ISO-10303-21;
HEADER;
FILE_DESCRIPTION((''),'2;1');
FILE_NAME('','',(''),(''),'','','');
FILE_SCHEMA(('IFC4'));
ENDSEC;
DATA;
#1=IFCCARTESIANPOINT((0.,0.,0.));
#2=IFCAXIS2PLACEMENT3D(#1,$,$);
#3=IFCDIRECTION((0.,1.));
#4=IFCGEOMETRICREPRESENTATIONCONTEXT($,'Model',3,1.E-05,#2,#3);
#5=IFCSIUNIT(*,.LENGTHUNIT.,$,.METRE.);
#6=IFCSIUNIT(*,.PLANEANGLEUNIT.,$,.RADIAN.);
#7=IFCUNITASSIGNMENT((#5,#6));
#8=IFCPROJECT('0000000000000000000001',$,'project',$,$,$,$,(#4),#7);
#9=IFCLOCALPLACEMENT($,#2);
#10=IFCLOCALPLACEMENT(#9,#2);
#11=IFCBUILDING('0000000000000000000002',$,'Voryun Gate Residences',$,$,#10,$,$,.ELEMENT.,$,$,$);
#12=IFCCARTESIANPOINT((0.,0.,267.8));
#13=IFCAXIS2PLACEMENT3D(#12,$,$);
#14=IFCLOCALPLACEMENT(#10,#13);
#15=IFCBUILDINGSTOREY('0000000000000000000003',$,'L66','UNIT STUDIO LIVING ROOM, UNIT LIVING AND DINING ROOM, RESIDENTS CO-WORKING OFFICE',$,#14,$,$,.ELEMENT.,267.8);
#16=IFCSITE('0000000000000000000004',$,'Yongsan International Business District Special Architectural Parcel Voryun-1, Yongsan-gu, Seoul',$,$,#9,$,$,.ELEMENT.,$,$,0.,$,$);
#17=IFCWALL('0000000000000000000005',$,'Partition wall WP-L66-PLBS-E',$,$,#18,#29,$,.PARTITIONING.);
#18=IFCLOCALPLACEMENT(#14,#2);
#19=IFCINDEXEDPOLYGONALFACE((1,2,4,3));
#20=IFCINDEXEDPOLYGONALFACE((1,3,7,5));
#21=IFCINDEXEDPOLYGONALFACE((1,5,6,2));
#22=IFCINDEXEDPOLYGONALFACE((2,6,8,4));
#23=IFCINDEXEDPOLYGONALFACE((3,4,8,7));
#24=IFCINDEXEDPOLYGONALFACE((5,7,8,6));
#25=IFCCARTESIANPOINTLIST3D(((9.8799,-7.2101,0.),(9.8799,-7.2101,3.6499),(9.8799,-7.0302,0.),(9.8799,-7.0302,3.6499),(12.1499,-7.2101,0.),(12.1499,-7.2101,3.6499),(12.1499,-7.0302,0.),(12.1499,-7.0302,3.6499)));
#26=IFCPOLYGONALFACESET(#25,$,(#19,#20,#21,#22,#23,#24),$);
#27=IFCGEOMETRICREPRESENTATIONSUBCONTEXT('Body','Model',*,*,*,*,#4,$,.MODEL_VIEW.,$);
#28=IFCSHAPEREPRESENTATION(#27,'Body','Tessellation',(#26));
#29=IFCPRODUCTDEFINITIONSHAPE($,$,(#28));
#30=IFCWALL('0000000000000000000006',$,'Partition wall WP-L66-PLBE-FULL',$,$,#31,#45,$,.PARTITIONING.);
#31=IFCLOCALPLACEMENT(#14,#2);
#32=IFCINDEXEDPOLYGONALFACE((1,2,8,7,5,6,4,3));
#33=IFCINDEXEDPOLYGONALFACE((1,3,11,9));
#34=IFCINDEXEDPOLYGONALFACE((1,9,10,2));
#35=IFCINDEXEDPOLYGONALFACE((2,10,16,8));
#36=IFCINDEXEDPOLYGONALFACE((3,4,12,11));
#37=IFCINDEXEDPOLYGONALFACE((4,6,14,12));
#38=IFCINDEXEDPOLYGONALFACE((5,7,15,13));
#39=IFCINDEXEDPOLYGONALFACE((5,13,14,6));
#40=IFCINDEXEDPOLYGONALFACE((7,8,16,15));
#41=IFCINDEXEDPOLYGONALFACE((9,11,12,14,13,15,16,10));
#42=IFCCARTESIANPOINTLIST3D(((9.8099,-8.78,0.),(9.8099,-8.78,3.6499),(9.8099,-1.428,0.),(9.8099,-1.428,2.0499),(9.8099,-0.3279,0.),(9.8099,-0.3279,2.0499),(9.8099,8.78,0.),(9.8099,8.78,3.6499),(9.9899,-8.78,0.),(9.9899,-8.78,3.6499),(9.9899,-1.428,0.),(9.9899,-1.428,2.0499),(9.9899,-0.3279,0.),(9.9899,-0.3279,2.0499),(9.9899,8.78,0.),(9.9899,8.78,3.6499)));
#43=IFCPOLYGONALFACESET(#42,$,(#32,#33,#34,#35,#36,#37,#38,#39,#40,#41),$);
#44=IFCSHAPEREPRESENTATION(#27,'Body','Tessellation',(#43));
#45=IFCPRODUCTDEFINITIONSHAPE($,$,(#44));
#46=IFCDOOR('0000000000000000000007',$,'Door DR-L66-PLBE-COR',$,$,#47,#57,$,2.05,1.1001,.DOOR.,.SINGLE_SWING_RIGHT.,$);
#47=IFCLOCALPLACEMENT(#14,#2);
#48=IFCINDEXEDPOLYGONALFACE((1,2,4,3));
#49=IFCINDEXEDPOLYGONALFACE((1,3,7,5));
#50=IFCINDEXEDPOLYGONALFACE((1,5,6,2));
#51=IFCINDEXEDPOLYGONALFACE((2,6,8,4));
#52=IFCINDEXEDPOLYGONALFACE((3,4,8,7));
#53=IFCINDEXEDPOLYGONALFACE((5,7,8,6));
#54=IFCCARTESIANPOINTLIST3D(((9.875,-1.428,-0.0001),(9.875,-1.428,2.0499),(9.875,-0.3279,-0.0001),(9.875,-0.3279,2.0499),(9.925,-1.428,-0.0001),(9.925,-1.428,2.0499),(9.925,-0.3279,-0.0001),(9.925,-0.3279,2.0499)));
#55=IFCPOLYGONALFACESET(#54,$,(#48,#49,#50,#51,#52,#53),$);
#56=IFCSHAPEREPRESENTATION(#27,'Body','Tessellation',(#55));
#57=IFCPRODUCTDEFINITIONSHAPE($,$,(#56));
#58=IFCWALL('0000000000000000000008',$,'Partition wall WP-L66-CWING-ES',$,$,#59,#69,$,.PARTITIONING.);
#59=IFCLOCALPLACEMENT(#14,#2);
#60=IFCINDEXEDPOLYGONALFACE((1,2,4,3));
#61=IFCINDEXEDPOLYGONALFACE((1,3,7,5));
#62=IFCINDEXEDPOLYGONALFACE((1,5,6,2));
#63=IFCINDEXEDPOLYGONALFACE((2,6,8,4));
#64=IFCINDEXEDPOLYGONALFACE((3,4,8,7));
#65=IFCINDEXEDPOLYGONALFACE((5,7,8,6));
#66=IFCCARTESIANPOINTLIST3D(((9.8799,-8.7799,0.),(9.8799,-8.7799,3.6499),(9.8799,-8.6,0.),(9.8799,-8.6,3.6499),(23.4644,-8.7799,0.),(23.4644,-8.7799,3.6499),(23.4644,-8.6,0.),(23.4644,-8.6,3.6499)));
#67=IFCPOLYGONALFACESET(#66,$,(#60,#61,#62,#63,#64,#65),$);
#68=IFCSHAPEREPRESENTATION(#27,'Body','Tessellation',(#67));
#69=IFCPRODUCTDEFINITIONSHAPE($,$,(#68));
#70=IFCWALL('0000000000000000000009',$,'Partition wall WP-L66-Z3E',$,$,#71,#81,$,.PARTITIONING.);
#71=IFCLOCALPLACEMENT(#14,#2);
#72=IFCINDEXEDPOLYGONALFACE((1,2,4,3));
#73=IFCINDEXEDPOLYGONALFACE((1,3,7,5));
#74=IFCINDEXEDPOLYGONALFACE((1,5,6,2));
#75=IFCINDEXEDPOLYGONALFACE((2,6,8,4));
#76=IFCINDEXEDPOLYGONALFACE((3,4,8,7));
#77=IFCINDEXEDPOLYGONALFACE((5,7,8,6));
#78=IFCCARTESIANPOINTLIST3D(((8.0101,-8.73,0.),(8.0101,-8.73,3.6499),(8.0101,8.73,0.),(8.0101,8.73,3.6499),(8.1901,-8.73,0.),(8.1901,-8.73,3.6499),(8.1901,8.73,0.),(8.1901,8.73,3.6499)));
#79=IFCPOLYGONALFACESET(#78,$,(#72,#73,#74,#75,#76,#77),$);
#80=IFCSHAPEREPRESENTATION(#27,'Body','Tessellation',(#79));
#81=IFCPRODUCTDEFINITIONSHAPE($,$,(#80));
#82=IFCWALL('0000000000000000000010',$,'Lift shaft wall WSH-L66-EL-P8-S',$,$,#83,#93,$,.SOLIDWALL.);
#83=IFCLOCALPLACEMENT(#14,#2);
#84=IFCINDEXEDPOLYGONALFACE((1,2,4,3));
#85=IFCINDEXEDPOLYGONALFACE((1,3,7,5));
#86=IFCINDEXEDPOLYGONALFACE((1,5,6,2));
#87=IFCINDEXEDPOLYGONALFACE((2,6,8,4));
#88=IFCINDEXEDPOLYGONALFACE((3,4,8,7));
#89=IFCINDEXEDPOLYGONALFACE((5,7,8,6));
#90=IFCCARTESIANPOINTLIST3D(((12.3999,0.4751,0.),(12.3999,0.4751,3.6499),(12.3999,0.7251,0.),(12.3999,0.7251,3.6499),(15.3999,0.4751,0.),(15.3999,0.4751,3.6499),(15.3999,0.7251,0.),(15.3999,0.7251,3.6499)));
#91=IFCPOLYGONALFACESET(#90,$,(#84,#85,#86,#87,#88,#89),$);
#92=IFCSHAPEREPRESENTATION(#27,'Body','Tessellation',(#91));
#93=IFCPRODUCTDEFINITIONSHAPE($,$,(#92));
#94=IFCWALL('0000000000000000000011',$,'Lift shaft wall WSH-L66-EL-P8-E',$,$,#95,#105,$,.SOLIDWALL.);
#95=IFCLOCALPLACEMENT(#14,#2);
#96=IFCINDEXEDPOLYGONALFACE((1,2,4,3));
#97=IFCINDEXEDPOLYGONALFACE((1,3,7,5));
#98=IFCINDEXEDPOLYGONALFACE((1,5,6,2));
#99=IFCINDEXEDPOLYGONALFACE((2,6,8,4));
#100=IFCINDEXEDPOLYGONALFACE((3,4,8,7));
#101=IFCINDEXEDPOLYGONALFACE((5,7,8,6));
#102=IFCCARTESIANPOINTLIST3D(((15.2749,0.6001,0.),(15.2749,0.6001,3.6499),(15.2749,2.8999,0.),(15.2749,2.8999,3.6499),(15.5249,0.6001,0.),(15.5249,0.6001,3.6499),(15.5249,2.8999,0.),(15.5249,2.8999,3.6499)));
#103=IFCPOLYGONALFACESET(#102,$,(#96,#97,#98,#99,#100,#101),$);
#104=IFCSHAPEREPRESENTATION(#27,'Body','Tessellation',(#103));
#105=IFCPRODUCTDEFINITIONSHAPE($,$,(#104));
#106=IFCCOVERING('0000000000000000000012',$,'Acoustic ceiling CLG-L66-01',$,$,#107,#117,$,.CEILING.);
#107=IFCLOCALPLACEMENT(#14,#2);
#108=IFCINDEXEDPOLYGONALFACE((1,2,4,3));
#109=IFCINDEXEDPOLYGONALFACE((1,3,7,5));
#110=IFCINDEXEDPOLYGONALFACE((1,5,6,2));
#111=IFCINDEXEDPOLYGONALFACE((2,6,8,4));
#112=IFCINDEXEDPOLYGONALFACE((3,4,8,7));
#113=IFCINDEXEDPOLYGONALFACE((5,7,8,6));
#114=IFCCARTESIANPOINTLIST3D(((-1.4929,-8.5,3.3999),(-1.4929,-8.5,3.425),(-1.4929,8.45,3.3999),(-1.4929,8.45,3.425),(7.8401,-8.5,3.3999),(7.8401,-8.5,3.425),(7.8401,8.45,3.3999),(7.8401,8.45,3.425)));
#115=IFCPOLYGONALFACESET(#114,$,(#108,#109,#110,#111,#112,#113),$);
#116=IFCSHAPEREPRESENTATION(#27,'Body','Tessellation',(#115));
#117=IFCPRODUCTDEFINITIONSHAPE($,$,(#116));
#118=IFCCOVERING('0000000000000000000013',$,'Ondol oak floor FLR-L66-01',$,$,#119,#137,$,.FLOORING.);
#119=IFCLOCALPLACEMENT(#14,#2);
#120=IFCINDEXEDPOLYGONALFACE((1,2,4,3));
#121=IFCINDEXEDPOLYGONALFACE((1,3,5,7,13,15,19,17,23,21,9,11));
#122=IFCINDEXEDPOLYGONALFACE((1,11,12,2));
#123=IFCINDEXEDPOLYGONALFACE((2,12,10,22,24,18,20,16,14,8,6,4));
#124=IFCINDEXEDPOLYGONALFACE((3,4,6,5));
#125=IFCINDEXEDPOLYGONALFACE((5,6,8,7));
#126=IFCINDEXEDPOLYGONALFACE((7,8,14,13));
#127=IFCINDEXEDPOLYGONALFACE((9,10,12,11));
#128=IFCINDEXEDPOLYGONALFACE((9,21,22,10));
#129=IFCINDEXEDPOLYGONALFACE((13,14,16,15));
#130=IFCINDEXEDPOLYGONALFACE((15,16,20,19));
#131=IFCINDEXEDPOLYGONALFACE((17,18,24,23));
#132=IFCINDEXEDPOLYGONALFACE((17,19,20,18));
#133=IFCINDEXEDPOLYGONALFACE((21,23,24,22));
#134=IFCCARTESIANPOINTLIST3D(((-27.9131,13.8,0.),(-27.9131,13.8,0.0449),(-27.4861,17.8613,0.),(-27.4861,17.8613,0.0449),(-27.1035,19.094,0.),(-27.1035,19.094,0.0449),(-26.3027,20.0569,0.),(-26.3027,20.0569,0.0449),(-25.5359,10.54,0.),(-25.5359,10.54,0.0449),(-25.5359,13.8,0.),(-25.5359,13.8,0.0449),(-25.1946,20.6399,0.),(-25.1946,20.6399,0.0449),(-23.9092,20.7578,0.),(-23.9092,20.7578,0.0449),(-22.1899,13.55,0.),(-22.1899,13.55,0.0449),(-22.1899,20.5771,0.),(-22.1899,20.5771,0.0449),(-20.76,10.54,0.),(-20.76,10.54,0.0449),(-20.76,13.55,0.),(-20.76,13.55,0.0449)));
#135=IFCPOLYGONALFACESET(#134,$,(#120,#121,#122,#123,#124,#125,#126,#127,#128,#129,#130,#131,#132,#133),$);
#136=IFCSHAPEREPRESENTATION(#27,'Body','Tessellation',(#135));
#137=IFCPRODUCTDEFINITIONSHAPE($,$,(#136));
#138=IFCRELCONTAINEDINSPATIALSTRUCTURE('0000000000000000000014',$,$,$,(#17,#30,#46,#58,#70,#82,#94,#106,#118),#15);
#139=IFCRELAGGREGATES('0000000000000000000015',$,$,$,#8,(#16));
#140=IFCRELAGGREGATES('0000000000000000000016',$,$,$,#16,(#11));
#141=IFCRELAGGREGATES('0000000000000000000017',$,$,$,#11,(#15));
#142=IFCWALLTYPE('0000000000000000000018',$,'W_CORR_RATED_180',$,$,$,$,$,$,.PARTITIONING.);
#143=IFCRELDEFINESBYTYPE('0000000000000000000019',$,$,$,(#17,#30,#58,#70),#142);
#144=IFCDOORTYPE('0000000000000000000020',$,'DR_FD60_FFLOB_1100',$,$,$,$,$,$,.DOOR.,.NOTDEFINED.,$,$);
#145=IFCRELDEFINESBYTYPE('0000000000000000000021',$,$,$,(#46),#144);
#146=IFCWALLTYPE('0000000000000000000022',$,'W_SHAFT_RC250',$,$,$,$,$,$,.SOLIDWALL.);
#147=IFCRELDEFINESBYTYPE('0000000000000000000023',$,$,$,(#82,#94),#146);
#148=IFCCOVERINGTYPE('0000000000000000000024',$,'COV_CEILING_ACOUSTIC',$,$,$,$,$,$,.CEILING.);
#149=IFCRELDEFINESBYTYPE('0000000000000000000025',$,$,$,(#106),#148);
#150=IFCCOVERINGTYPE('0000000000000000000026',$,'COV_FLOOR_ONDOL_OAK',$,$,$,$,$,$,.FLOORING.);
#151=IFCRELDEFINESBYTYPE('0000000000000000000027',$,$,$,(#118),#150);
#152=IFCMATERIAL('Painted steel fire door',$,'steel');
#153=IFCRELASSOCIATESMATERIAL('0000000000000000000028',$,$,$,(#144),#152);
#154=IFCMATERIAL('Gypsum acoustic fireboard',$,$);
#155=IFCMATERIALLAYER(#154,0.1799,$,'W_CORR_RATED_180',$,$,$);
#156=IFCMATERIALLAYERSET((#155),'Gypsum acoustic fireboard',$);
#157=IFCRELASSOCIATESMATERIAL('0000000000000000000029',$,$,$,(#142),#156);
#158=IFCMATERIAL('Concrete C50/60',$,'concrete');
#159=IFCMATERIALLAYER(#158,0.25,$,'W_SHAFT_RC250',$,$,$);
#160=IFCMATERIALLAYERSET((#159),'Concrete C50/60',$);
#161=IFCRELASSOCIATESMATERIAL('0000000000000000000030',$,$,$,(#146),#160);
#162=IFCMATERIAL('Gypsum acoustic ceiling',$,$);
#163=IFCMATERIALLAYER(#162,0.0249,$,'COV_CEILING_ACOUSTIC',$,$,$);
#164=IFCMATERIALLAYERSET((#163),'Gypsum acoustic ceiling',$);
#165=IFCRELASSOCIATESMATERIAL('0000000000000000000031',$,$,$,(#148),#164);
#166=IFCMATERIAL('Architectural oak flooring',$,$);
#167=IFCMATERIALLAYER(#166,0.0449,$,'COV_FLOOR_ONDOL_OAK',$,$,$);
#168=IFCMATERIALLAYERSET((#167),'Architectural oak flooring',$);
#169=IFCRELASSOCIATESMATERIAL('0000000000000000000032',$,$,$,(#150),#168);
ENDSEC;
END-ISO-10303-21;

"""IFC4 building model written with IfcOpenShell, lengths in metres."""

from ifc_helpers import new_model, si_unit, direction, frame, frame_2d, origin, place, context, subcontext, project, spatial, polyline, rectangle, outline, extrude, material, layer, layer_set, type_object, element, fill, save


model = new_model("IFC4")

# Units and contexts
model_context = context("Model", 3, precision=1e-05, world=origin(), true_north=direction((0.0, 1.0)))
body_context = subcontext(model_context, "Body", "Model", "MODEL_VIEW")
ifc_project = project(units=[si_unit("LENGTHUNIT", "METRE"), si_unit("PLANEANGLEUNIT", "RADIAN")], contexts=[model_context])

# Site, building, storey
site_placement = place(None, origin())
site = spatial("IfcSite", under=ifc_project, at=site_placement, Name="Yongsan International Business District Special Architectural Parcel Voryun-1, Yongsan-gu, Seoul", CompositionType="ELEMENT", RefElevation=0.0)
building_placement = place(site_placement, origin())
building = spatial("IfcBuilding", under=site, at=building_placement, Name="Voryun Gate Residences", CompositionType="ELEMENT")
storey_placement = place(building_placement, frame((0.0, 0.0, 267.8)))
storey = spatial("IfcBuildingStorey", under=building, at=storey_placement, Name="L66", Description="UNIT STUDIO LIVING ROOM, UNIT LIVING AND DINING ROOM, RESIDENTS CO-WORKING OFFICE", CompositionType="ELEMENT", Elevation=267.8)

# Shared definitions
ifc_material_1 = material(Name="Painted steel fire door", Category="steel")
door_type_1 = type_object("IfcDoorType", Name="DR_FD60_FFLOB_1100", OperationType="NOTDEFINED", PredefinedType="DOOR", material=ifc_material_1)

# Wall
ifc_material_2 = material(Name="Gypsum acoustic fireboard")
ifc_layer_1 = layer(ifc_material_2, 0.1799, Name="W_CORR_RATED_180")
ifc_layer_set_1 = layer_set([ifc_layer_1], Name="Gypsum acoustic fireboard")
wall_type_1 = type_object("IfcWallType", Name="W_CORR_RATED_180", PredefinedType="PARTITIONING", material=ifc_layer_set_1)
wall_1_placement = place(storey_placement, frame((9.8799, -7.1201, 0.0), z_axis=(0.0, 0.0, 1.0), x_axis=(1.0, 0.0, 0.0)))
element("IfcWall", 1, at=wall_1_placement, inside=storey, type_object=wall_type_1, Name="Partition wall WP-L66-PLBS-E", PredefinedType="PARTITIONING", context=body_context, shape_type="SweptSolid", body=[
    extrude(rectangle(XDim=2.27, YDim=0.1799, at=frame_2d((1.135, 0.0))), origin(), (0.0, 0.0, 1.0), 3.6499),
])

# Wall, opening, door
wall_2_placement = place(storey_placement, frame((9.8999, -8.78, 0.0), z_axis=(0.0, 0.0, 1.0), x_axis=(0.0, 1.0, 0.0)))
wall_2 = element("IfcWall", 2, at=wall_2_placement, inside=storey, type_object=wall_type_1, Name="Partition wall WP-L66-PLBE-FULL", PredefinedType="PARTITIONING", context=body_context, shape_type="SweptSolid", body=[
    extrude(rectangle(XDim=17.5601, YDim=0.1799, at=frame_2d((8.78, 0.0))), origin(), (0.0, 0.0, 1.0), 3.6499),
])
opening_1_placement = place(wall_2_placement, frame((7.3521, 0.0, 0.0)))
opening_1 = element("IfcOpeningElement", 3, at=opening_1_placement, cuts=wall_2, PredefinedType="OPENING", context=body_context, shape_type="SweptSolid", body=[
    extrude(rectangle(XDim=1.1001, YDim=2.05, at=frame_2d((0.55, 1.0249))), frame((0.0, 0.0999, 0.0), z_axis=(0.0, -1.0, 0.0), x_axis=(1.0, 0.0, 0.0)), (0.0, 0.0, 1.0), 0.2),
])
door_1_placement = place(opening_1_placement, origin())
door_1 = element("IfcDoor", 4, at=door_1_placement, inside=storey, type_object=door_type_1, Name="Door DR-L66-PLBE-COR", OperationType="SINGLE_SWING_RIGHT", OverallHeight=2.05, OverallWidth=1.1001, PredefinedType="DOOR", context=body_context, shape_type="SweptSolid", body=[
    extrude(rectangle(XDim=1.1001, YDim=2.05, at=frame_2d((0.55, 1.0249))), frame((0.0, 0.0249, 0.0), z_axis=(0.0, -1.0, 0.0), x_axis=(1.0, 0.0, 0.0)), (0.0, 0.0, 1.0), 0.05),
])
fill(opening_1, door_1)

# Walls
wall_3_placement = place(storey_placement, frame((9.8799, -8.6899, 0.0), z_axis=(0.0, 0.0, 1.0), x_axis=(1.0, 0.0, 0.0)))
element("IfcWall", 5, at=wall_3_placement, inside=storey, type_object=wall_type_1, Name="Partition wall WP-L66-CWING-ES", PredefinedType="PARTITIONING", context=body_context, shape_type="SweptSolid", body=[
    extrude(rectangle(XDim=13.5845, YDim=0.1799, at=frame_2d((6.7922, 0.0))), origin(), (0.0, 0.0, 1.0), 3.6499),
])
wall_4_placement = place(storey_placement, frame((8.1001, -8.73, 0.0), z_axis=(0.0, 0.0, 1.0), x_axis=(0.0, 1.0, 0.0)))
element("IfcWall", 6, at=wall_4_placement, inside=storey, type_object=wall_type_1, Name="Partition wall WP-L66-Z3E", PredefinedType="PARTITIONING", context=body_context, shape_type="SweptSolid", body=[
    extrude(rectangle(XDim=17.46, YDim=0.1799, at=frame_2d((8.73, 0.0))), origin(), (0.0, 0.0, 1.0), 3.6499),
])
ifc_material_3 = material(Name="Concrete C50/60", Category="concrete")
ifc_layer_2 = layer(ifc_material_3, 0.25, Name="W_SHAFT_RC250")
ifc_layer_set_2 = layer_set([ifc_layer_2], Name="Concrete C50/60")
wall_type_2 = type_object("IfcWallType", Name="W_SHAFT_RC250", PredefinedType="SOLIDWALL", material=ifc_layer_set_2)
wall_5_placement = place(storey_placement, frame((12.3999, 0.6001, 0.0), z_axis=(0.0, 0.0, 1.0), x_axis=(1.0, 0.0, 0.0)))
element("IfcWall", 7, at=wall_5_placement, inside=storey, type_object=wall_type_2, Name="Lift shaft wall WSH-L66-EL-P8-S", PredefinedType="SOLIDWALL", context=body_context, shape_type="SweptSolid", body=[
    extrude(rectangle(XDim=3.0, YDim=0.25, at=frame_2d((1.5, 0.0))), origin(), (0.0, 0.0, 1.0), 3.6499),
])
wall_6_placement = place(storey_placement, frame((15.3999, 0.6001, 0.0), z_axis=(0.0, 0.0, 1.0), x_axis=(0.0, 1.0, 0.0)))
element("IfcWall", 8, at=wall_6_placement, inside=storey, type_object=wall_type_2, Name="Lift shaft wall WSH-L66-EL-P8-E", PredefinedType="SOLIDWALL", context=body_context, shape_type="SweptSolid", body=[
    extrude(rectangle(XDim=2.2998, YDim=0.25, at=frame_2d((1.1499, 0.0))), origin(), (0.0, 0.0, 1.0), 3.6499),
])

# Coverings
ifc_material_4 = material(Name="Gypsum acoustic ceiling")
ifc_layer_3 = layer(ifc_material_4, 0.0249, Name="COV_CEILING_ACOUSTIC")
ifc_layer_set_3 = layer_set([ifc_layer_3], Name="Gypsum acoustic ceiling")
covering_type_1 = type_object("IfcCoveringType", Name="COV_CEILING_ACOUSTIC", PredefinedType="CEILING", material=ifc_layer_set_3)
covering_1_placement = place(storey_placement, frame((0.0, 0.0, 3.3999)))
element("IfcCovering", 9, at=covering_1_placement, inside=storey, type_object=covering_type_1, Name="Acoustic ceiling CLG-L66-01", PredefinedType="CEILING", context=body_context, shape_type="SweptSolid", body=[
    extrude(outline(polyline([(-1.4929, -8.5), (-1.4929, 8.45), (7.8401, 8.45), (7.8401, -8.5), (-1.4929, -8.5)])), origin(), (0.0, 0.0, 1.0), 0.0251),
])
ifc_material_5 = material(Name="Architectural oak flooring")
ifc_layer_4 = layer(ifc_material_5, 0.0449, Name="COV_FLOOR_ONDOL_OAK")
ifc_layer_set_4 = layer_set([ifc_layer_4], Name="Architectural oak flooring")
covering_type_2 = type_object("IfcCoveringType", Name="COV_FLOOR_ONDOL_OAK", PredefinedType="FLOORING", material=ifc_layer_set_4)
covering_2_placement = place(storey_placement, origin())
element("IfcCovering", 10, at=covering_2_placement, inside=storey, type_object=covering_type_2, Name="Ondol oak floor FLR-L66-01", PredefinedType="FLOORING", context=body_context, shape_type="SweptSolid", body=[
    extrude(outline(polyline([(-27.4861, 17.8613), (-27.1035, 19.094), (-26.3027, 20.0569), (-25.1946, 20.6399), (-23.9092, 20.7578), (-22.1899, 20.5771), (-22.1899, 13.55), (-20.76, 13.55), (-20.76, 10.54), (-25.5359, 10.54), (-25.5359, 13.8), (-27.9131, 13.8), (-27.4861, 17.8613)])), origin(), (0.0, 0.0, 1.0), 0.0449),
])

save(model, "model.ifc")
